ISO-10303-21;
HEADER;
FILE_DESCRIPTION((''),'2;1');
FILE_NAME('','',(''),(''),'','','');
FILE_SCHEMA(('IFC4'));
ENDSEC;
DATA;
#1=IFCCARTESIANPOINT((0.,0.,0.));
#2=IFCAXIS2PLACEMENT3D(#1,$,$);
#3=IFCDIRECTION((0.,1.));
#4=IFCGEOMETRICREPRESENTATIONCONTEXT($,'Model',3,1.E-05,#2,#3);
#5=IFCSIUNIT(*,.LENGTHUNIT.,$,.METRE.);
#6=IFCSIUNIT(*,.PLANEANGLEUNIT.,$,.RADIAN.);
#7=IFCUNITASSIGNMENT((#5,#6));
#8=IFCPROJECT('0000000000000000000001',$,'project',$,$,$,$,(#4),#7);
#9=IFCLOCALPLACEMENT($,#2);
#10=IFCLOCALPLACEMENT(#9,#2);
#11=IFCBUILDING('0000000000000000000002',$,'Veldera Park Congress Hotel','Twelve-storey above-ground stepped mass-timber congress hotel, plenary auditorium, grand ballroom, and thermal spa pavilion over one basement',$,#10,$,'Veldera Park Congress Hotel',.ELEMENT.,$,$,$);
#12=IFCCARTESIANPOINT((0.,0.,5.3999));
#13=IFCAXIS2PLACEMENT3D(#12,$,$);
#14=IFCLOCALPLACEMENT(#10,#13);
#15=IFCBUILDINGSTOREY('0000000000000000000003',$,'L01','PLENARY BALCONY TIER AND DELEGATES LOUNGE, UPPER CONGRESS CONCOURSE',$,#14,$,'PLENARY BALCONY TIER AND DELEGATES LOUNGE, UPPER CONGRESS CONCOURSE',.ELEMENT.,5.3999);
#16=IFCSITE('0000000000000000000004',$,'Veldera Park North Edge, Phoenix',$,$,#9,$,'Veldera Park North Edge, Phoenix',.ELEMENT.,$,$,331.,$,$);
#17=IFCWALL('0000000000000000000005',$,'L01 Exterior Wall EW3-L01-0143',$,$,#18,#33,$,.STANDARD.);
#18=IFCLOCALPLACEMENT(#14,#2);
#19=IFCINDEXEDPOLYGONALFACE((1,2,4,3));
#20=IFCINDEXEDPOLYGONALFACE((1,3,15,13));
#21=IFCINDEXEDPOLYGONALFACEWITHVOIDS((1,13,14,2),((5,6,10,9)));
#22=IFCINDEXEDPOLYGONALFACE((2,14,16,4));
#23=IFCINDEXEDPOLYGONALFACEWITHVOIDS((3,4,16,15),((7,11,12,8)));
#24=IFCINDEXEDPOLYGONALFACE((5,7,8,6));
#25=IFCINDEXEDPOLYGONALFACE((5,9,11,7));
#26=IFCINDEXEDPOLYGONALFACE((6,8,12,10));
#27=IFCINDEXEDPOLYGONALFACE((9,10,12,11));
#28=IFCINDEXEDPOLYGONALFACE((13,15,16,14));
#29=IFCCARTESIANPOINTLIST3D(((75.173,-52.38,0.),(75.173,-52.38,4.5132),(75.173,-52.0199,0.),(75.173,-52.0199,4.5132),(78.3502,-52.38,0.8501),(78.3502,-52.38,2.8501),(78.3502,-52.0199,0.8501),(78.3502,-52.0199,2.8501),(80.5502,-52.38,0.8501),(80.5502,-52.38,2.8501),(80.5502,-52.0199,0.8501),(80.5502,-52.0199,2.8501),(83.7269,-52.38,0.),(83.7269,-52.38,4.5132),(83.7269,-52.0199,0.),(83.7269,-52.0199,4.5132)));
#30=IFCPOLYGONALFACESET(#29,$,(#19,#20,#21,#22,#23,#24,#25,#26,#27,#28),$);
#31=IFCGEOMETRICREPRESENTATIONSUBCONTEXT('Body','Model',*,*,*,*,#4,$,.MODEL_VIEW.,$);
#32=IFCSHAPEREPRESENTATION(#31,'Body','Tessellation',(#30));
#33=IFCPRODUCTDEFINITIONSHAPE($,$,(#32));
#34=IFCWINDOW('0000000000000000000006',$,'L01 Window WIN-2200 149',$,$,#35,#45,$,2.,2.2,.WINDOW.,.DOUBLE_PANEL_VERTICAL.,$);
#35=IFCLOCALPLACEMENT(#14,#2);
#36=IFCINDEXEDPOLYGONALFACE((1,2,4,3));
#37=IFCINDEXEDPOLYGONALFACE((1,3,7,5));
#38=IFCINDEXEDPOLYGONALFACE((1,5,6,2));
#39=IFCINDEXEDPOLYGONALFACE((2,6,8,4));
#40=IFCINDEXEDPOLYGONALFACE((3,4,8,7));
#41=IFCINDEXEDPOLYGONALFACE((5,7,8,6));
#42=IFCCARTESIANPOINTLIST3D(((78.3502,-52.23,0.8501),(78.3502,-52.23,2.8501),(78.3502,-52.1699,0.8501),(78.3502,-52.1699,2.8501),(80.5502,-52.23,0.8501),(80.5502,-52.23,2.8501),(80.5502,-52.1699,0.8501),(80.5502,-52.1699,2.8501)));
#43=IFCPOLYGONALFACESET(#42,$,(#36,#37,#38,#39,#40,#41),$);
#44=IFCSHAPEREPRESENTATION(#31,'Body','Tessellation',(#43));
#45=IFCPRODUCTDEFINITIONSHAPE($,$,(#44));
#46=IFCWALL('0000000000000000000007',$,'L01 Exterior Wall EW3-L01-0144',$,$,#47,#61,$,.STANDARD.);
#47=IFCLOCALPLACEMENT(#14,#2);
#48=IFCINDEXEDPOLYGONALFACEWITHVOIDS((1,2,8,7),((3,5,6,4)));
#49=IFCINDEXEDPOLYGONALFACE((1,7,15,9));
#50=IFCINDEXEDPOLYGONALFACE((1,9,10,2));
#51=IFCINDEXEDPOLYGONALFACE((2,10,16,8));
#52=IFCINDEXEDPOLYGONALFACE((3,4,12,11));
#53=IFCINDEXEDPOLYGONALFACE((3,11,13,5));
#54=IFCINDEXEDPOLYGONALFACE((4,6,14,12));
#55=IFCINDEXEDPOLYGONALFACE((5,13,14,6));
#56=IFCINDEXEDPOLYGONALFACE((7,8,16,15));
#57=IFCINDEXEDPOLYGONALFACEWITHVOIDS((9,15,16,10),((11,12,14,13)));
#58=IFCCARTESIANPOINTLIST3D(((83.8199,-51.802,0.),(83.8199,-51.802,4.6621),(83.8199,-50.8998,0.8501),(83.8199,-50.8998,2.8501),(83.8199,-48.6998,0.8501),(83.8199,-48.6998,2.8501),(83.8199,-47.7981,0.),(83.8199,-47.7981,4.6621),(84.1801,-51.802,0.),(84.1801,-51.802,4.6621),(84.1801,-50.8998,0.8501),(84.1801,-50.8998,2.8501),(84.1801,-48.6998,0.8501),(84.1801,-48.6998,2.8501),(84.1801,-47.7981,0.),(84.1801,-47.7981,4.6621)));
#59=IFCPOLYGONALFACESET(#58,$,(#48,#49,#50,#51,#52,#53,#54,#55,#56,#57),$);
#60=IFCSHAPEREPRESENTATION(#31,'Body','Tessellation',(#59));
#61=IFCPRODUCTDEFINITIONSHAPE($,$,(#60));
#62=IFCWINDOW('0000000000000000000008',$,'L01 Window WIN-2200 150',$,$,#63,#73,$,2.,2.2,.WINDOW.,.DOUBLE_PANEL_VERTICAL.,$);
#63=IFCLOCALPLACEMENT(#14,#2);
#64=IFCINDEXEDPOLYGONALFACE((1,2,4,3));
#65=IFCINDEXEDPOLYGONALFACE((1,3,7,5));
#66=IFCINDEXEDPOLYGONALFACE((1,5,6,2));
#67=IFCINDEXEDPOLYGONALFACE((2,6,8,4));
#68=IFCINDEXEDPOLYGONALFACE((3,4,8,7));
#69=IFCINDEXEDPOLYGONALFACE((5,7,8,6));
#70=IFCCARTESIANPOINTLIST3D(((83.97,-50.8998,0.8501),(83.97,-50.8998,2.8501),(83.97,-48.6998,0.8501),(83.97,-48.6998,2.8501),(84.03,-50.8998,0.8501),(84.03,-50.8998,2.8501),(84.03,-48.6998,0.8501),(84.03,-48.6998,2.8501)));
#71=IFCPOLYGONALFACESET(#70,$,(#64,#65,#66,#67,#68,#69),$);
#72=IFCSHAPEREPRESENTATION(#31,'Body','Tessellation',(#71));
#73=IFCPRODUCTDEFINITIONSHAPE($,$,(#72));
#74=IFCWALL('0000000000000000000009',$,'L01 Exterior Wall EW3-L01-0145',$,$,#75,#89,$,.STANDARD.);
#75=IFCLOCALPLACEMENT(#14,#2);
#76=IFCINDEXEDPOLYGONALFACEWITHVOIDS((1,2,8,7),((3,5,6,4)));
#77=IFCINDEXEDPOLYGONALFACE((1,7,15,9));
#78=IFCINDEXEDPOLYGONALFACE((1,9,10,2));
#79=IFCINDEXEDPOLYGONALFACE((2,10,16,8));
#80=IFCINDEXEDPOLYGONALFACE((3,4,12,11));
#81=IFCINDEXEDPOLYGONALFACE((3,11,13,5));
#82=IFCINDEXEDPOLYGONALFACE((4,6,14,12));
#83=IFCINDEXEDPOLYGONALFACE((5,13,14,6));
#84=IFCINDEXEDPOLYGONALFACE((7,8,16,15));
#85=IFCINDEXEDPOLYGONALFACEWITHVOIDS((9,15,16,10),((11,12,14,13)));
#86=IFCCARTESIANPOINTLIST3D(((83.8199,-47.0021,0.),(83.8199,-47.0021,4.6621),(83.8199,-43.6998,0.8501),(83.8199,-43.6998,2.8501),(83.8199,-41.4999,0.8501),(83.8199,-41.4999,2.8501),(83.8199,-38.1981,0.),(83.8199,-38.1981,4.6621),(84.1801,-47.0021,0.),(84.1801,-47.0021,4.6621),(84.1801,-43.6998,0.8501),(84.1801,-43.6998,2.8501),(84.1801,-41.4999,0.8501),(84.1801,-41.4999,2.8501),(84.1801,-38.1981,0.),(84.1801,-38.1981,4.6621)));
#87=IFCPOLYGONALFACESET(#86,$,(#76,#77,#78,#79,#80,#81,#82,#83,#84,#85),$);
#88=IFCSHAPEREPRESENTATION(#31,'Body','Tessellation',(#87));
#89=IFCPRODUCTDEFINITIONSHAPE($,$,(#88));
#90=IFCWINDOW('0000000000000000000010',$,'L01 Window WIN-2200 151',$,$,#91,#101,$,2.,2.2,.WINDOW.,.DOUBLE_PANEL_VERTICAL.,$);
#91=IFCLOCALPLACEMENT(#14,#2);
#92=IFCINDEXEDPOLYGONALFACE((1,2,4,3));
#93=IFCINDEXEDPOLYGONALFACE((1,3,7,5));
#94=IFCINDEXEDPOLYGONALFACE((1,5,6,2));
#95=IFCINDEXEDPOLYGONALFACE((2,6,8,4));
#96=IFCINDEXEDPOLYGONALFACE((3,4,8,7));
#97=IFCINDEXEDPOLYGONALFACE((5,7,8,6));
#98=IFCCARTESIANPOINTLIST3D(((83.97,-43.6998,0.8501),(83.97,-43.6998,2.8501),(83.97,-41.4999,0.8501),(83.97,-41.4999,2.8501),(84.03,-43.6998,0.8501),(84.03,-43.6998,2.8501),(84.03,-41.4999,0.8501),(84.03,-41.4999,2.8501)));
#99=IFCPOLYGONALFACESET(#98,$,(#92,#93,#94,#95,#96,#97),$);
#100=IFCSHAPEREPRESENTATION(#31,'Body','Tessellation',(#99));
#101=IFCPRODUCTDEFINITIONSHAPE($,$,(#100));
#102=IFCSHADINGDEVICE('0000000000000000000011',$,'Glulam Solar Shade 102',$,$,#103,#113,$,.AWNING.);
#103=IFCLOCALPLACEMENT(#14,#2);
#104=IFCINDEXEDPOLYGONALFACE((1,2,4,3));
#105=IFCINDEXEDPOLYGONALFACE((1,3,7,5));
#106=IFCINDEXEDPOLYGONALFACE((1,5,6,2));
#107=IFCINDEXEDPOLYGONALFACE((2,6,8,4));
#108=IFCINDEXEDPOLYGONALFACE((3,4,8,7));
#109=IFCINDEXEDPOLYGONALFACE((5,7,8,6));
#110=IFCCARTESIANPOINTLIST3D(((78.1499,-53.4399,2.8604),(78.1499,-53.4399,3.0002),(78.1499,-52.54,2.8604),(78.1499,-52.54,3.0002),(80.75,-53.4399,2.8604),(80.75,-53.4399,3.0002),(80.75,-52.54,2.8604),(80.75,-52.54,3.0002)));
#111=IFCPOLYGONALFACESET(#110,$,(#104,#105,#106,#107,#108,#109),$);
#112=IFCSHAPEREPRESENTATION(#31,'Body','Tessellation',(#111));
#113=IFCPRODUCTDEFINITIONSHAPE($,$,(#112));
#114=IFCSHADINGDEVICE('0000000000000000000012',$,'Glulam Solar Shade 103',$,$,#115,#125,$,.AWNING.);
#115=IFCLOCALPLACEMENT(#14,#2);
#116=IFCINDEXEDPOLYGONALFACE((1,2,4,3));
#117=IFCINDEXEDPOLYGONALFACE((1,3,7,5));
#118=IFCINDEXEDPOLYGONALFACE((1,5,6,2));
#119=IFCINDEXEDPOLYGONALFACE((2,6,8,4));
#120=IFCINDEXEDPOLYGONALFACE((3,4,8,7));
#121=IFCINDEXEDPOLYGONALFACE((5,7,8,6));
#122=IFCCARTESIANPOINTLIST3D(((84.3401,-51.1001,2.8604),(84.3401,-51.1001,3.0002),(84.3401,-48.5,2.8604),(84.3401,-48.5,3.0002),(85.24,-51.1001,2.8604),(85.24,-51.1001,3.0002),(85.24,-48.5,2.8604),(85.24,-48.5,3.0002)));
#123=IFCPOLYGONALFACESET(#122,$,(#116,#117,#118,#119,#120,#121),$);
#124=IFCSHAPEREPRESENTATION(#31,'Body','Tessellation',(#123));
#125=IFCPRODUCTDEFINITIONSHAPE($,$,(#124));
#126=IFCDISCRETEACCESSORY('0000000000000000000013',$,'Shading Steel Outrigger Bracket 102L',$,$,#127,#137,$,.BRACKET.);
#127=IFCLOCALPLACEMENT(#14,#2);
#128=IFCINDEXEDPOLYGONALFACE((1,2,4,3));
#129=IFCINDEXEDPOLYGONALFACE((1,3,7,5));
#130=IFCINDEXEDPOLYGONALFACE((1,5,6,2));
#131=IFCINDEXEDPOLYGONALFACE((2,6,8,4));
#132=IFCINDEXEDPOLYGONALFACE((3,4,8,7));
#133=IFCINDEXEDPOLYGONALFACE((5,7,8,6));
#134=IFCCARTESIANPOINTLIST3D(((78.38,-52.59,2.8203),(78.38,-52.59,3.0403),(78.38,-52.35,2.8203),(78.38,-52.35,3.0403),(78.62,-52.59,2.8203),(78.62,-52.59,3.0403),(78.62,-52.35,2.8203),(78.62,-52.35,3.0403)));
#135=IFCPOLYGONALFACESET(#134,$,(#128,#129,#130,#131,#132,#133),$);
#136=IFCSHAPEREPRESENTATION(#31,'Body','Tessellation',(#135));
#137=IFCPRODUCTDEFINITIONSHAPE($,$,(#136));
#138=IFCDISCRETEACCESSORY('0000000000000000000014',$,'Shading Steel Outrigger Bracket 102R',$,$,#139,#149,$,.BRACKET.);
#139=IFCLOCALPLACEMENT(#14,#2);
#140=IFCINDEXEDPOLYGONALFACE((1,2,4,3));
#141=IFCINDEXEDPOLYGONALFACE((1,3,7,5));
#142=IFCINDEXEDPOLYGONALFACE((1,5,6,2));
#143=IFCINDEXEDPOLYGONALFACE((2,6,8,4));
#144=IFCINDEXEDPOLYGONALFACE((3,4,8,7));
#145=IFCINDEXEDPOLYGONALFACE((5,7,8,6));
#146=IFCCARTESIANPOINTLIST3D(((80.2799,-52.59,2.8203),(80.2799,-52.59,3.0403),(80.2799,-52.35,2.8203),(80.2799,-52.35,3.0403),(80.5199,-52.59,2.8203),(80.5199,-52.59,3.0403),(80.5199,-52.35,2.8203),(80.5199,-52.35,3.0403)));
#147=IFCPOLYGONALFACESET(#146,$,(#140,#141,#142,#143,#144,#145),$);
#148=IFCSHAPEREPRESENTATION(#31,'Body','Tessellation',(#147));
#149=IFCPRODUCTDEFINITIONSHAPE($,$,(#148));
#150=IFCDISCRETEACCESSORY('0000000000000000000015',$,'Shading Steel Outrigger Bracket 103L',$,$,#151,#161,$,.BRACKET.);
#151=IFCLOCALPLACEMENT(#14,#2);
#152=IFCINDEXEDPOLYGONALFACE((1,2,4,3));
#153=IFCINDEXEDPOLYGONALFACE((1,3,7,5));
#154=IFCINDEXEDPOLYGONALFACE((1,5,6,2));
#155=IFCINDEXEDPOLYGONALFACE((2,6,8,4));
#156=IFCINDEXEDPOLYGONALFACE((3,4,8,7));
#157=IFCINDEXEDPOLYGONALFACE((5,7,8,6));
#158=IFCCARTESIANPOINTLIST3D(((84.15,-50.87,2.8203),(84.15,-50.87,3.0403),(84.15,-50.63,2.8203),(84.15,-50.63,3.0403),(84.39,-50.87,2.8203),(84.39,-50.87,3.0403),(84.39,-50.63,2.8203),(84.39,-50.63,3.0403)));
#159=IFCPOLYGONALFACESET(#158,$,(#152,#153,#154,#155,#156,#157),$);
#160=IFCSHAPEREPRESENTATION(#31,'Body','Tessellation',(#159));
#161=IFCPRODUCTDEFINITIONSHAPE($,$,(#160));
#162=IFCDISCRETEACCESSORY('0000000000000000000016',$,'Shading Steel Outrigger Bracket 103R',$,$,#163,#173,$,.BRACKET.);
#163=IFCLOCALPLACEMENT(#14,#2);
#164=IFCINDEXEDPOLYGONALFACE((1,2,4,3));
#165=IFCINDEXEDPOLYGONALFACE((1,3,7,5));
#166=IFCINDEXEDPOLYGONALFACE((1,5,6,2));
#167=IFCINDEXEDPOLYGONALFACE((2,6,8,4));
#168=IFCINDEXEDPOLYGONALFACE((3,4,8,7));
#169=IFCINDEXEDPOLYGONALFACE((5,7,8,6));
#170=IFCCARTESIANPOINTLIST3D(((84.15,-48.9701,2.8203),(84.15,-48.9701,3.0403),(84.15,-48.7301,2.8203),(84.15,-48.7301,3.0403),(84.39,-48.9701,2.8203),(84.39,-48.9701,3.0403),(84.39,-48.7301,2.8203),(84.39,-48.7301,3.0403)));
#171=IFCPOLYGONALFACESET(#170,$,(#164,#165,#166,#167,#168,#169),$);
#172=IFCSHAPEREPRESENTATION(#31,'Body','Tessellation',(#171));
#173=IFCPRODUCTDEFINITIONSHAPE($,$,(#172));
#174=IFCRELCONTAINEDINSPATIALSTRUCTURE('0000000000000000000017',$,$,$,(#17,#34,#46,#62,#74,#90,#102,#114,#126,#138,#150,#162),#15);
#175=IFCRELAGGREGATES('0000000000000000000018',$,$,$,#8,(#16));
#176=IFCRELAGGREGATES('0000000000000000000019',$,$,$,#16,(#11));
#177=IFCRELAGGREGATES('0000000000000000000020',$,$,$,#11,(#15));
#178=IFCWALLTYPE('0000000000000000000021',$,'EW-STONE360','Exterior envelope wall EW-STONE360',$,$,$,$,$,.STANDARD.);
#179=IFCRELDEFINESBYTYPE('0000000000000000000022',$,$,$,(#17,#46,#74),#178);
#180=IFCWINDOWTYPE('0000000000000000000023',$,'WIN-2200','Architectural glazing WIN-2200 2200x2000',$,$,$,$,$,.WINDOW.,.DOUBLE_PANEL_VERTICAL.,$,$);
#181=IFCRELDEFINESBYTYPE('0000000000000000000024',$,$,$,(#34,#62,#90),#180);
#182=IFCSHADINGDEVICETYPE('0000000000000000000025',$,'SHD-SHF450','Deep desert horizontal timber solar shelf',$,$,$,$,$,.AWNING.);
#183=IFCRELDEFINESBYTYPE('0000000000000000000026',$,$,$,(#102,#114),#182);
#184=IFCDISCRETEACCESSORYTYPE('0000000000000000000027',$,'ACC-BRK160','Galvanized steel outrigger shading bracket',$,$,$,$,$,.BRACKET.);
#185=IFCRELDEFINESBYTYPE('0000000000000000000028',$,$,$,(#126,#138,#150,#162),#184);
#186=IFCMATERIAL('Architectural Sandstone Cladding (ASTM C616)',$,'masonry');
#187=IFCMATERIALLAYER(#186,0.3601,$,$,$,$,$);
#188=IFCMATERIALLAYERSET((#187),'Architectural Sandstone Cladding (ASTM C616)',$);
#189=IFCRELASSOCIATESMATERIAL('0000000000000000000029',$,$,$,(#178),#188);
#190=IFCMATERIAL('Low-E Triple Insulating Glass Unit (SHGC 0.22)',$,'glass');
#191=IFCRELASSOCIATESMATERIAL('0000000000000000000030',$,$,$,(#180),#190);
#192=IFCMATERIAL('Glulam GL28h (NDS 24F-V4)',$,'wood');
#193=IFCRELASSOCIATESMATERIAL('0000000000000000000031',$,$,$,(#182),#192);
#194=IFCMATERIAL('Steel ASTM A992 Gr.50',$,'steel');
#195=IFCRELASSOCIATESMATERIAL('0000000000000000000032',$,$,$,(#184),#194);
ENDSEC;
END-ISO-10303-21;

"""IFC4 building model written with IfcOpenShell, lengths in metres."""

from ifc_helpers import new_model, si_unit, direction, frame, frame_2d, origin, origin_2d, place, context, subcontext, project, spatial, rectangle, extrude, material, layer, layer_set, type_object, element, fill, save


model = new_model("IFC4")

# Units and contexts
model_context = context("Model", 3, precision=1e-05, world=origin(), true_north=direction((0.0, 1.0)))
body_context = subcontext(model_context, "Body", "Model", "MODEL_VIEW")
ifc_project = project(units=[si_unit("LENGTHUNIT", "METRE"), si_unit("PLANEANGLEUNIT", "RADIAN")], contexts=[model_context])

# Site, building, storey
site_placement = place(None, origin())
site = spatial("IfcSite", under=ifc_project, at=site_placement, Name="Veldera Park North Edge, Phoenix", LongName="Veldera Park North Edge, Phoenix", CompositionType="ELEMENT", RefElevation=331.0)
building_placement = place(site_placement, origin())
building = spatial("IfcBuilding", under=site, at=building_placement, Name="Veldera Park Congress Hotel", Description="Twelve-storey above-ground stepped mass-timber congress hotel, plenary auditorium, grand ballroom, and thermal spa pavilion over one basement", LongName="Veldera Park Congress Hotel", CompositionType="ELEMENT")
storey_placement = place(building_placement, frame((0.0, 0.0, 5.3999)))
storey = spatial("IfcBuildingStorey", under=building, at=storey_placement, Name="L01", Description="PLENARY BALCONY TIER AND DELEGATES LOUNGE, UPPER CONGRESS CONCOURSE", LongName="PLENARY BALCONY TIER AND DELEGATES LOUNGE, UPPER CONGRESS CONCOURSE", CompositionType="ELEMENT", Elevation=5.3999)

# Shared definitions
ifc_material_1 = material(Name="Glulam GL28h (NDS 24F-V4)", Category="wood")
ifc_material_2 = material(Name="Steel ASTM A992 Gr.50", Category="steel")

# Walls, openings, windows
ifc_material_3 = material(Name="Architectural Sandstone Cladding (ASTM C616)", Category="masonry")
ifc_layer = layer(ifc_material_3, 0.3601)
ifc_layer_set = layer_set([ifc_layer], Name="Architectural Sandstone Cladding (ASTM C616)")
wall_type = type_object("IfcWallType", Name="EW-STONE360", Description="Exterior envelope wall EW-STONE360", PredefinedType="STANDARD", material=ifc_layer_set)
wall_1_placement = place(storey_placement, frame((75.1731, -52.2, 0.0), z_axis=(0.0, 0.0, 1.0), x_axis=(1.0, 0.0, 0.0)))
wall_1 = element("IfcWall", 1, at=wall_1_placement, inside=storey, type_object=wall_type, Name="L01 Exterior Wall EW3-L01-0143", PredefinedType="STANDARD", context=body_context, shape_type="SweptSolid", body=[
    extrude(rectangle(XDim=8.554, YDim=0.3601, at=frame_2d((4.2769, 0.0))), origin(), (0.0, 0.0, 1.0), 4.5132),
])
opening_1_placement = place(wall_1_placement, frame((3.177, 0.0, 0.8501)))
opening_1 = element("IfcOpeningElement", 2, at=opening_1_placement, cuts=wall_1, PredefinedType="OPENING", context=body_context, shape_type="SweptSolid", body=[
    extrude(rectangle(XDim=2.2, YDim=2.0, at=frame_2d((1.1001, 1.0))), frame((0.0, 0.1921, 0.0), z_axis=(0.0, -1.0, 0.0), x_axis=(1.0, 0.0, 0.0)), (0.0, 0.0, 1.0), 0.384),
])
ifc_material_4 = material(Name="Low-E Triple Insulating Glass Unit (SHGC 0.22)", Category="glass")
window_type = type_object("IfcWindowType", Name="WIN-2200", Description="Architectural glazing WIN-2200 2200x2000", PartitioningType="DOUBLE_PANEL_VERTICAL", PredefinedType="WINDOW", material=ifc_material_4)
window_1_placement = place(opening_1_placement, origin())
window_1 = element("IfcWindow", 3, at=window_1_placement, inside=storey, type_object=window_type, Name="L01 Window WIN-2200 149", OverallHeight=2.0, OverallWidth=2.2, PartitioningType="DOUBLE_PANEL_VERTICAL", PredefinedType="WINDOW", context=body_context, shape_type="SweptSolid", body=[
    extrude(rectangle(XDim=2.2, YDim=2.0, at=frame_2d((1.1001, 1.0))), frame((0.0, 0.03, 0.0), z_axis=(0.0, -1.0, 0.0), x_axis=(1.0, 0.0, 0.0)), (0.0, 0.0, 1.0), 0.0601),
])
fill(opening_1, window_1)
wall_2_placement = place(storey_placement, frame((84.0, -51.802, 0.0), z_axis=(0.0, 0.0, 1.0), x_axis=(0.0, 1.0, 0.0)))
wall_2 = element("IfcWall", 4, at=wall_2_placement, inside=storey, type_object=wall_type, Name="L01 Exterior Wall EW3-L01-0144", PredefinedType="STANDARD", context=body_context, shape_type="SweptSolid", body=[
    extrude(rectangle(XDim=4.0039, YDim=0.3601, at=frame_2d((2.002, 0.0))), origin(), (0.0, 0.0, 1.0), 4.6621),
])
opening_2_placement = place(wall_2_placement, frame((0.9021, 0.0, 0.8501)))
opening_2 = element("IfcOpeningElement", 5, at=opening_2_placement, cuts=wall_2, PredefinedType="OPENING", context=body_context, shape_type="SweptSolid", body=[
    extrude(rectangle(XDim=2.2, YDim=2.0, at=frame_2d((1.1001, 1.0))), frame((0.0, 0.1921, 0.0), z_axis=(0.0, -1.0, 0.0), x_axis=(1.0, 0.0, 0.0)), (0.0, 0.0, 1.0), 0.384),
])
window_2_placement = place(opening_2_placement, origin())
window_2 = element("IfcWindow", 6, at=window_2_placement, inside=storey, type_object=window_type, Name="L01 Window WIN-2200 150", OverallHeight=2.0, OverallWidth=2.2, PartitioningType="DOUBLE_PANEL_VERTICAL", PredefinedType="WINDOW", context=body_context, shape_type="SweptSolid", body=[
    extrude(rectangle(XDim=2.2, YDim=2.0, at=frame_2d((1.1001, 1.0))), frame((0.0, 0.03, 0.0), z_axis=(0.0, -1.0, 0.0), x_axis=(1.0, 0.0, 0.0)), (0.0, 0.0, 1.0), 0.0601),
])
fill(opening_2, window_2)
wall_3_placement = place(storey_placement, frame((84.0, -47.002, 0.0), z_axis=(0.0, 0.0, 1.0), x_axis=(0.0, 1.0, 0.0)))
wall_3 = element("IfcWall", 7, at=wall_3_placement, inside=storey, type_object=wall_type, Name="L01 Exterior Wall EW3-L01-0145", PredefinedType="STANDARD", context=body_context, shape_type="SweptSolid", body=[
    extrude(rectangle(XDim=8.804, YDim=0.3601, at=frame_2d((4.4019, 0.0))), origin(), (0.0, 0.0, 1.0), 4.6621),
])
opening_3_placement = place(wall_3_placement, frame((3.302, 0.0, 0.8501)))
opening_3 = element("IfcOpeningElement", 8, at=opening_3_placement, cuts=wall_3, PredefinedType="OPENING", context=body_context, shape_type="SweptSolid", body=[
    extrude(rectangle(XDim=2.2, YDim=2.0, at=frame_2d((1.1001, 1.0))), frame((0.0, 0.1921, 0.0), z_axis=(0.0, -1.0, 0.0), x_axis=(1.0, 0.0, 0.0)), (0.0, 0.0, 1.0), 0.384),
])
window_3_placement = place(opening_3_placement, origin())
window_3 = element("IfcWindow", 9, at=window_3_placement, inside=storey, type_object=window_type, Name="L01 Window WIN-2200 151", OverallHeight=2.0, OverallWidth=2.2, PartitioningType="DOUBLE_PANEL_VERTICAL", PredefinedType="WINDOW", context=body_context, shape_type="SweptSolid", body=[
    extrude(rectangle(XDim=2.2, YDim=2.0, at=frame_2d((1.1001, 1.0))), frame((0.0, 0.03, 0.0), z_axis=(0.0, -1.0, 0.0), x_axis=(1.0, 0.0, 0.0)), (0.0, 0.0, 1.0), 0.0601),
])
fill(opening_3, window_3)

# Shading devices
shading_device_type = type_object("IfcShadingDeviceType", Name="SHD-SHF450", Description="Deep desert horizontal timber solar shelf", PredefinedType="AWNING", material=ifc_material_1)
for number, where, z_axis, x_axis, name in (
    (10, (79.45, -52.99, 2.8604), (0.0, 0.0, 1.0), (1.0, 0.0, 0.0), "Glulam Solar Shade 102"),
    (11, (84.79, -49.8, 2.8604), (0.0, 0.0, 1.0), (0.0, 1.0, 0.0), "Glulam Solar Shade 103"),
):
    element("IfcShadingDevice", number, at=place(storey_placement, frame(where, z_axis=z_axis, x_axis=x_axis)), inside=storey, type_object=shading_device_type, Name=name, PredefinedType="AWNING", context=body_context, shape_type="SweptSolid", body=[
        extrude(rectangle(XDim=2.6001, YDim=0.8999, at=origin_2d()), origin(), (0.0, 0.0, 1.0), 0.1399),
    ])

# Discrete accessories
discrete_accessory_type = type_object("IfcDiscreteAccessoryType", Name="ACC-BRK160", Description="Galvanized steel outrigger shading bracket", PredefinedType="BRACKET", material=ifc_material_2)
for number, where, z_axis, x_axis, name in (
    (12, (78.5, -52.47, 2.8203), (0.0, 0.0, 1.0), (1.0, 0.0, 0.0), "Shading Steel Outrigger Bracket 102L"),
    (13, (80.3999, -52.47, 2.8203), (0.0, 0.0, 1.0), (1.0, 0.0, 0.0), "Shading Steel Outrigger Bracket 102R"),
    (14, (84.27, -50.75, 2.8203), (0.0, 0.0, 1.0), (0.0, 1.0, 0.0), "Shading Steel Outrigger Bracket 103L"),
    (15, (84.27, -48.8501, 2.8203), (0.0, 0.0, 1.0), (0.0, 1.0, 0.0), "Shading Steel Outrigger Bracket 103R"),
):
    element("IfcDiscreteAccessory", number, at=place(storey_placement, frame(where, z_axis=z_axis, x_axis=x_axis)), inside=storey, type_object=discrete_accessory_type, Name=name, PredefinedType="BRACKET", context=body_context, shape_type="SweptSolid", body=[
        extrude(rectangle(XDim=0.24, YDim=0.24, at=origin_2d()), origin(), (0.0, 0.0, 1.0), 0.22),
    ])

save(model, "model.ifc")
